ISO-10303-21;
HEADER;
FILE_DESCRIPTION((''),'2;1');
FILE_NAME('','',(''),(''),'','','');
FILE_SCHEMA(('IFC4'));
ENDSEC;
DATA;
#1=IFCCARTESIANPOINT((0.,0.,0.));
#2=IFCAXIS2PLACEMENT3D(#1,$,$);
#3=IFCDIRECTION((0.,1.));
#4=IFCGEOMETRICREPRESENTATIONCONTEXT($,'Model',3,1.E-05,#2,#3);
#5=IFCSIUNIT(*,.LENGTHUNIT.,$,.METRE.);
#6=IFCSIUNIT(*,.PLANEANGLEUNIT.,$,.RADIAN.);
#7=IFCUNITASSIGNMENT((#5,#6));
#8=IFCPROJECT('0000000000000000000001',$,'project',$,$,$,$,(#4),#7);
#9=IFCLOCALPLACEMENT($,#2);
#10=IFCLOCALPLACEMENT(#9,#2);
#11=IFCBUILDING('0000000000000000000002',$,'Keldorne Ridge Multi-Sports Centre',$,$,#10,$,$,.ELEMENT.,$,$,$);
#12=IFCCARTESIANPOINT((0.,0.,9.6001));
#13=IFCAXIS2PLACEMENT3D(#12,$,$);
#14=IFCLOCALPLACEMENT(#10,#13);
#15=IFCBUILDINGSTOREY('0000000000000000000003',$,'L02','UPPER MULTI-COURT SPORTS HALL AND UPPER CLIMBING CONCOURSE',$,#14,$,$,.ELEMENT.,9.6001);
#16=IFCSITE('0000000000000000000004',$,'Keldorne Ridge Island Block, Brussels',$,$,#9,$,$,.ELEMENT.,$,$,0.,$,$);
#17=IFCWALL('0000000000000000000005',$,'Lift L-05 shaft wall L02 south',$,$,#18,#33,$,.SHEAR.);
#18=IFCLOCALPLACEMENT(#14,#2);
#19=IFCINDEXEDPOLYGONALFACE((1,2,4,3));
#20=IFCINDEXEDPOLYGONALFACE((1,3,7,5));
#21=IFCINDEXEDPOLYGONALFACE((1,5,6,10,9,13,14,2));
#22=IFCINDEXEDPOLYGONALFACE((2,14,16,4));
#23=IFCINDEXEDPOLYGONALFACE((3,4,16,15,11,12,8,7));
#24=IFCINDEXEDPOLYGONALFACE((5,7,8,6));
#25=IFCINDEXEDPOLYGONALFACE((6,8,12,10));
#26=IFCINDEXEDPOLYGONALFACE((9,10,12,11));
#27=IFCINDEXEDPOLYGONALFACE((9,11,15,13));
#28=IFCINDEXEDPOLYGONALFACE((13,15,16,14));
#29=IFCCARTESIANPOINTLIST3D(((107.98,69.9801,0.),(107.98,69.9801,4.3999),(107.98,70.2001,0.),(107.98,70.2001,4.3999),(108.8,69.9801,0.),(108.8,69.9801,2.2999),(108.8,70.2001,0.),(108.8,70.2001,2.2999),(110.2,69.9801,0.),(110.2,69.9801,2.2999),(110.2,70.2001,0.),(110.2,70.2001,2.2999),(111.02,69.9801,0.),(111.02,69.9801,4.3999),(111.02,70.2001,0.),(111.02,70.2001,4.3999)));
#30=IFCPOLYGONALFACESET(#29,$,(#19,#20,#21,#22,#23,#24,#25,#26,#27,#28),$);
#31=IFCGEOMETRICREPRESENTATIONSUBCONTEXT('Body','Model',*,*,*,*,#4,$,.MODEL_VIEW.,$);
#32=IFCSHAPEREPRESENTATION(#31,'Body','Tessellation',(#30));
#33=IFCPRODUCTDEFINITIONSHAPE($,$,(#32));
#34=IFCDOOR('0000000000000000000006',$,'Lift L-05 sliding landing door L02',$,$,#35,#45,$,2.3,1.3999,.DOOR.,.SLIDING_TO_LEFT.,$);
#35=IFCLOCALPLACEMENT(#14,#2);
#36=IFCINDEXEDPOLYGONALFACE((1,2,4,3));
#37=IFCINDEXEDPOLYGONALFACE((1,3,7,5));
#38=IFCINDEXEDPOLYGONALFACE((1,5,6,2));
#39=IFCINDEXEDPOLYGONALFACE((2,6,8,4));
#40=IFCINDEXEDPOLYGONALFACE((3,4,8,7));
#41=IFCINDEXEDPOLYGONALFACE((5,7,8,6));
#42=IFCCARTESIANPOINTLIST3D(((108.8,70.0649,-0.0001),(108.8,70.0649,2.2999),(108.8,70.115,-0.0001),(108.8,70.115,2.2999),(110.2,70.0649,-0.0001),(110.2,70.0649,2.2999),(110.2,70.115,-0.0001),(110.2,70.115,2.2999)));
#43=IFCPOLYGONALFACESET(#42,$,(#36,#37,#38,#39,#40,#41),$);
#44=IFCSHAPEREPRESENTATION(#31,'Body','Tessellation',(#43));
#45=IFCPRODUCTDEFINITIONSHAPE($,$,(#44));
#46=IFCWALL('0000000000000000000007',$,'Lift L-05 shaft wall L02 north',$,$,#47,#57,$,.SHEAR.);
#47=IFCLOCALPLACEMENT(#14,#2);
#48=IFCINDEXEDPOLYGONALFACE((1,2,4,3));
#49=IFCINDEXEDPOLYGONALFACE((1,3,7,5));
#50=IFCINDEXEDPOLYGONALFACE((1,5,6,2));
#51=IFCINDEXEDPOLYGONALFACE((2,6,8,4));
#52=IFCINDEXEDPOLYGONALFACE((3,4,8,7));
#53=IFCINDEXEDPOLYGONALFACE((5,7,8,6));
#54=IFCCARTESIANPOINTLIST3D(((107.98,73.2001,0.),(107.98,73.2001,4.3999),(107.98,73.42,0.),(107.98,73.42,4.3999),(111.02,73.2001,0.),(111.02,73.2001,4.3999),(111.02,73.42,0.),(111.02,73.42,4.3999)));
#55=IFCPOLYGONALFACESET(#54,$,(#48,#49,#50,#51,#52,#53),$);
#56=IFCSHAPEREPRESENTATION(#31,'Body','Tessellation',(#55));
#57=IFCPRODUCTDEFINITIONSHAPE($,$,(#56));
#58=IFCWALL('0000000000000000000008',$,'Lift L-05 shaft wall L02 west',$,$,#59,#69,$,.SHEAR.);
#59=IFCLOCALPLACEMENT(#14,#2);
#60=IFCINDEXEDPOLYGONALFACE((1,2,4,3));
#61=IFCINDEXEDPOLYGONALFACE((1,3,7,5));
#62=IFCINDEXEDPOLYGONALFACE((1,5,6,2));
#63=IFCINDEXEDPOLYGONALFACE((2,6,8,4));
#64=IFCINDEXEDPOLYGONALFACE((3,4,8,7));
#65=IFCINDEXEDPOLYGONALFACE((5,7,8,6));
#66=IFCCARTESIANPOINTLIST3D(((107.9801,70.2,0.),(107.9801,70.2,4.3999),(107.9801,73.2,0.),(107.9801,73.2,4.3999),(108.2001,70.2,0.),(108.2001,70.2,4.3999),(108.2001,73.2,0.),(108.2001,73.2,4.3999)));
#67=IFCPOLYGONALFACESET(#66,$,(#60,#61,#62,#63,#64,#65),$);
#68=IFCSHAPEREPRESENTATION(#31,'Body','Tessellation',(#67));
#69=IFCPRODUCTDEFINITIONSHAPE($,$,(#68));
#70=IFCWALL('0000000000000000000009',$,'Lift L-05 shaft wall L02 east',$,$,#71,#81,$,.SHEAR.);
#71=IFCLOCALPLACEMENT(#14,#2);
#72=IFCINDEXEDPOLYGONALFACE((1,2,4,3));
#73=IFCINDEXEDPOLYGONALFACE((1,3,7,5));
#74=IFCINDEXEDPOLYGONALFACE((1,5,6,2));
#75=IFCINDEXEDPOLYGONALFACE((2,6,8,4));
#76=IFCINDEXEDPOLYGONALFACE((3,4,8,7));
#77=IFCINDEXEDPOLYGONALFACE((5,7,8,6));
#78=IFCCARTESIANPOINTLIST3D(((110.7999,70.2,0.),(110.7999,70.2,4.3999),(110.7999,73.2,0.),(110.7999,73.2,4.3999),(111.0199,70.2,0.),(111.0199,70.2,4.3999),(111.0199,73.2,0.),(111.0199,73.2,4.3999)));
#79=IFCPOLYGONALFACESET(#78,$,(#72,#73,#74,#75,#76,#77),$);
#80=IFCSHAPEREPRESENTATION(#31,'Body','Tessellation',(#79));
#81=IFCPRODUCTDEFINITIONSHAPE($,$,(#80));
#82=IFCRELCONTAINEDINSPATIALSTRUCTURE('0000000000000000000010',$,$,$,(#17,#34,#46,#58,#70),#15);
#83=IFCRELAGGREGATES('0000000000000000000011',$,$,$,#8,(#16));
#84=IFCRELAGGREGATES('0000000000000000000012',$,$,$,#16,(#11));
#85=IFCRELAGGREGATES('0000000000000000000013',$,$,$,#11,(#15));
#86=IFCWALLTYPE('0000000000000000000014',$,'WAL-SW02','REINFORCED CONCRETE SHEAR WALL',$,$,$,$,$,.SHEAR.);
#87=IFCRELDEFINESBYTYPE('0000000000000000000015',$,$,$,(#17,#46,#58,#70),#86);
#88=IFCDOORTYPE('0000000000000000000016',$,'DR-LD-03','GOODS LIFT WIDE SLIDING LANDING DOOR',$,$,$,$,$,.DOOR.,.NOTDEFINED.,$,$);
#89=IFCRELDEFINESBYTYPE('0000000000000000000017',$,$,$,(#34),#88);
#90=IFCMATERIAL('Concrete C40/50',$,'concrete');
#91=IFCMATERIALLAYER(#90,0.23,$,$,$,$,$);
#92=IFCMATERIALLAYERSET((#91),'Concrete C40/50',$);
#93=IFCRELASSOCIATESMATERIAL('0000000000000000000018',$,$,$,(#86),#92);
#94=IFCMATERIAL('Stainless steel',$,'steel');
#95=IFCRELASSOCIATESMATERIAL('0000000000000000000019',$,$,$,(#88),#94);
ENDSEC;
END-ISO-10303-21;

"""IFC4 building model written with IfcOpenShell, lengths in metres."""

from ifc_helpers import new_model, si_unit, direction, frame, frame_2d, origin, place, context, subcontext, project, spatial, rectangle, extrude, material, layer, layer_set, type_object, element, fill, save


model = new_model("IFC4")

# Units and contexts
model_context = context("Model", 3, precision=1e-05, world=origin(), true_north=direction((0.0, 1.0)))
body_context = subcontext(model_context, "Body", "Model", "MODEL_VIEW")
ifc_project = project(units=[si_unit("LENGTHUNIT", "METRE"), si_unit("PLANEANGLEUNIT", "RADIAN")], contexts=[model_context])

# Site, building, storey
site_placement = place(None, origin())
site = spatial("IfcSite", under=ifc_project, at=site_placement, Name="Keldorne Ridge Island Block, Brussels", CompositionType="ELEMENT", RefElevation=0.0)
building_placement = place(site_placement, origin())
building = spatial("IfcBuilding", under=site, at=building_placement, Name="Keldorne Ridge Multi-Sports Centre", CompositionType="ELEMENT")
storey_placement = place(building_placement, frame((0.0, 0.0, 9.6001)))
storey = spatial("IfcBuildingStorey", under=building, at=storey_placement, Name="L02", Description="UPPER MULTI-COURT SPORTS HALL AND UPPER CLIMBING CONCOURSE", CompositionType="ELEMENT", Elevation=9.6001)

# Wall, opening, door
ifc_material_1 = material(Name="Concrete C40/50", Category="concrete")
ifc_layer_1 = layer(ifc_material_1, 0.23)
ifc_layer_set_1 = layer_set([ifc_layer_1], Name="Concrete C40/50")
wall_type_1 = type_object("IfcWallType", Name="WAL-SW02", Description="REINFORCED CONCRETE SHEAR WALL", PredefinedType="SHEAR", material=ifc_layer_set_1)
wall_1_placement = place(storey_placement, frame((107.98, 70.0901, 0.0), z_axis=(0.0, 0.0, 1.0), x_axis=(1.0, 0.0, 0.0)))
wall_1 = element("IfcWall", 1, at=wall_1_placement, inside=storey, type_object=wall_type_1, Name="Lift L-05 shaft wall L02 south", PredefinedType="SHEAR", context=body_context, shape_type="SweptSolid", body=[
    extrude(rectangle(XDim=3.04, YDim=0.22, at=frame_2d((1.52, 0.0))), origin(), (0.0, 0.0, 1.0), 4.3999),
])
opening_1_placement = place(wall_1_placement, frame((0.8201, 0.0, 0.0)))
opening_1 = element("IfcOpeningElement", 2, at=opening_1_placement, cuts=wall_1, PredefinedType="OPENING", context=body_context, shape_type="SweptSolid", body=[
    extrude(rectangle(XDim=1.3999, YDim=2.3, at=frame_2d((0.7, 1.1499))), frame((0.0, 0.1201, 0.0), z_axis=(0.0, -1.0, 0.0), x_axis=(1.0, 0.0, 0.0)), (0.0, 0.0, 1.0), 0.24),
])
ifc_material_2 = material(Name="Stainless steel", Category="steel")
door_type = type_object("IfcDoorType", Name="DR-LD-03", Description="GOODS LIFT WIDE SLIDING LANDING DOOR", OperationType="NOTDEFINED", PredefinedType="DOOR", material=ifc_material_2)
door_placement = place(opening_1_placement, origin())
door = element("IfcDoor", 3, at=door_placement, inside=storey, type_object=door_type, Name="Lift L-05 sliding landing door L02", OperationType="SLIDING_TO_LEFT", OverallHeight=2.3, OverallWidth=1.3999, PredefinedType="DOOR", context=body_context, shape_type="SweptSolid", body=[
    extrude(rectangle(XDim=1.3999, YDim=2.3, at=frame_2d((0.7, 1.1499))), frame((0.0, 0.0249, 0.0), z_axis=(0.0, -1.0, 0.0), x_axis=(1.0, 0.0, 0.0)), (0.0, 0.0, 1.0), 0.05),
])
fill(opening_1, door)

# Walls
wall_2_placement = place(storey_placement, frame((111.02, 73.3101, 0.0), z_axis=(0.0, 0.0, 1.0), x_axis=(-1.0, 0.0, 0.0)))
element("IfcWall", 4, at=wall_2_placement, inside=storey, type_object=wall_type_1, Name="Lift L-05 shaft wall L02 north", PredefinedType="SHEAR", context=body_context, shape_type="SweptSolid", body=[
    extrude(rectangle(XDim=3.04, YDim=0.22, at=frame_2d((1.52, 0.0))), origin(), (0.0, 0.0, 1.0), 4.3999),
])
for number, where, z_axis, x_axis, name in (
    (5, (108.0901, 73.2, 0.0), (0.0, 0.0, 1.0), (0.0, -1.0, 0.0), "Lift L-05 shaft wall L02 west"),
    (6, (110.9099, 70.2, 0.0), (0.0, 0.0, 1.0), (0.0, 1.0, 0.0), "Lift L-05 shaft wall L02 east"),
):
    element("IfcWall", number, at=place(storey_placement, frame(where, z_axis=z_axis, x_axis=x_axis)), inside=storey, type_object=wall_type_1, Name=name, PredefinedType="SHEAR", context=body_context, shape_type="SweptSolid", body=[
        extrude(rectangle(XDim=3.0, YDim=0.22, at=frame_2d((1.5, 0.0))), origin(), (0.0, 0.0, 1.0), 4.3999),
    ])

save(model, "model.ifc")
